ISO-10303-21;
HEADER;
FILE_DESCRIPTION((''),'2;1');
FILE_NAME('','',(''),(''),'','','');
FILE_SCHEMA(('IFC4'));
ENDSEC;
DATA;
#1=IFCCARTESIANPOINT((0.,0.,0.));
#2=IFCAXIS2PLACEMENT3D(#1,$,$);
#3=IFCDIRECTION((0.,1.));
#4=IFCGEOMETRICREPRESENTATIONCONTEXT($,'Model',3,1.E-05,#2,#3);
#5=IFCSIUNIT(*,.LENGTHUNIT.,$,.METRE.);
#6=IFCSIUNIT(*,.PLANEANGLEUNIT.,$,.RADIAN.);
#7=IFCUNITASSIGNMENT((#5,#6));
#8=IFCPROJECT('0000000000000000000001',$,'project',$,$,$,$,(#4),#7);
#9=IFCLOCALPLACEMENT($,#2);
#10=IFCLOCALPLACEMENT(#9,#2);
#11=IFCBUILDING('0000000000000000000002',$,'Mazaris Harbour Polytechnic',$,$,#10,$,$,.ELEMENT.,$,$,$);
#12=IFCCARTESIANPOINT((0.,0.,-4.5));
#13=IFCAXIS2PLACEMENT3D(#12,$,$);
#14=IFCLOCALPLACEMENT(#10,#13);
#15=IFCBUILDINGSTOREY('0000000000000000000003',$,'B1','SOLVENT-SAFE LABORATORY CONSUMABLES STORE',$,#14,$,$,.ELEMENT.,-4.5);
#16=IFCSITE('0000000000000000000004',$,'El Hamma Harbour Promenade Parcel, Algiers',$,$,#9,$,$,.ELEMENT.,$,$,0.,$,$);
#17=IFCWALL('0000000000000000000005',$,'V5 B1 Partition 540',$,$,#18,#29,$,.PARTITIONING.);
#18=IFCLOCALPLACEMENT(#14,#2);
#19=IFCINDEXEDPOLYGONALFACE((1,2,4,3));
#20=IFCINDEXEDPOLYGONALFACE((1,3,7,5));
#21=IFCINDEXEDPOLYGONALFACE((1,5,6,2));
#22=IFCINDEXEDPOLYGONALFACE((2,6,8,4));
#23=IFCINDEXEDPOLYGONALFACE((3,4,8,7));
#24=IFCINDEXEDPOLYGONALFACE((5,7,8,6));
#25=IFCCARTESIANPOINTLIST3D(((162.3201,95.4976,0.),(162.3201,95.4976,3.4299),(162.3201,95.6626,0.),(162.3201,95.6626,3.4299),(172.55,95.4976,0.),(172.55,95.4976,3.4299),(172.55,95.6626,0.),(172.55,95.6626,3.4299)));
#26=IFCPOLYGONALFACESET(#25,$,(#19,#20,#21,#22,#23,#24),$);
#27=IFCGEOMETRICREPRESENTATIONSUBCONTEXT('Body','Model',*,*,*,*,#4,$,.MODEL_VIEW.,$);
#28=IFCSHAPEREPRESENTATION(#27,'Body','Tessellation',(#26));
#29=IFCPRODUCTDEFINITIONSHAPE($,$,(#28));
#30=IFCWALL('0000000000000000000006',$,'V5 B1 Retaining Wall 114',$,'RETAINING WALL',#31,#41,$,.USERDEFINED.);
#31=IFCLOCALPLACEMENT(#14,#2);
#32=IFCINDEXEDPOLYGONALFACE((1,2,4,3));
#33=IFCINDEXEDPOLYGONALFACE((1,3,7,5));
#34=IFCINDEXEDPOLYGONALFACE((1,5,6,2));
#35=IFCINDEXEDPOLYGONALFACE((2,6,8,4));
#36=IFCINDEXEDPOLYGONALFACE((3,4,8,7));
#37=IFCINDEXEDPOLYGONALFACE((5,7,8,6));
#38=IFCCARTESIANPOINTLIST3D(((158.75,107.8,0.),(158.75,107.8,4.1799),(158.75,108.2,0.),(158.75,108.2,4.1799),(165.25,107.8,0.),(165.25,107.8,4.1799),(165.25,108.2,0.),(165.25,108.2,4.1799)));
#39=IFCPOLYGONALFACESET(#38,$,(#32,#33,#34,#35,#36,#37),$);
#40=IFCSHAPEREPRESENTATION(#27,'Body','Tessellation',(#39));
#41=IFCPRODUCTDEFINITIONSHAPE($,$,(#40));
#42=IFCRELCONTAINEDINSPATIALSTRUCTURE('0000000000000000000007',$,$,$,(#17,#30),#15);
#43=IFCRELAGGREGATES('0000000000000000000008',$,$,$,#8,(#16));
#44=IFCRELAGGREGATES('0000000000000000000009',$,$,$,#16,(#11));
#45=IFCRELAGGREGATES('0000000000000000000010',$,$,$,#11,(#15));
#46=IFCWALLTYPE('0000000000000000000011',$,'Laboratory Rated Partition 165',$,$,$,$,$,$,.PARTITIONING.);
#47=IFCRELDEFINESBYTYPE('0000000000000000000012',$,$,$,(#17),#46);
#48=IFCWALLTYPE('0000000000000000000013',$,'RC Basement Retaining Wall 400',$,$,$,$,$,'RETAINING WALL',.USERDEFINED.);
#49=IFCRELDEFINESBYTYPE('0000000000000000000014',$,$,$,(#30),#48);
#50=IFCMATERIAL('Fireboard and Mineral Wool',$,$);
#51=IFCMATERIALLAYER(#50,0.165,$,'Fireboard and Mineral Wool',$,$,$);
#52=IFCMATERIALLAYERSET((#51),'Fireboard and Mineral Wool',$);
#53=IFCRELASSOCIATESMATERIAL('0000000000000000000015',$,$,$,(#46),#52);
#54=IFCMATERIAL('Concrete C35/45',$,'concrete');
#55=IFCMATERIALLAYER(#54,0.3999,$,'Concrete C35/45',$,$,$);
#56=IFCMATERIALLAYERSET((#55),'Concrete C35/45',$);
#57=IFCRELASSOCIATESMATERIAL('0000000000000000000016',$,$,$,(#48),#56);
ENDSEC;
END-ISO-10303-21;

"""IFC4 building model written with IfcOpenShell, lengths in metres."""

from ifc_helpers import new_model, si_unit, direction, frame, frame_2d, origin, place, context, subcontext, project, spatial, rectangle, extrude, material, layer, layer_set, type_object, element, save


model = new_model("IFC4")

# Units and contexts
model_context = context("Model", 3, precision=1e-05, world=origin(), true_north=direction((0.0, 1.0)))
body_context = subcontext(model_context, "Body", "Model", "MODEL_VIEW")
ifc_project = project(units=[si_unit("LENGTHUNIT", "METRE"), si_unit("PLANEANGLEUNIT", "RADIAN")], contexts=[model_context])

# Site, building, storey
site_placement = place(None, origin())
site = spatial("IfcSite", under=ifc_project, at=site_placement, Name="El Hamma Harbour Promenade Parcel, Algiers", CompositionType="ELEMENT", RefElevation=0.0)
building_placement = place(site_placement, origin())
building = spatial("IfcBuilding", under=site, at=building_placement, Name="Mazaris Harbour Polytechnic", CompositionType="ELEMENT")
storey_placement = place(building_placement, frame((0.0, 0.0, -4.5)))
storey = spatial("IfcBuildingStorey", under=building, at=storey_placement, Name="B1", Description="SOLVENT-SAFE LABORATORY CONSUMABLES STORE", CompositionType="ELEMENT", Elevation=-4.5)

# Walls
ifc_material_1 = material(Name="Fireboard and Mineral Wool")
ifc_layer_1 = layer(ifc_material_1, 0.165, Name="Fireboard and Mineral Wool")
ifc_layer_set_1 = layer_set([ifc_layer_1], Name="Fireboard and Mineral Wool")
wall_type_1 = type_object("IfcWallType", Name="Laboratory Rated Partition 165", PredefinedType="PARTITIONING", material=ifc_layer_set_1)
wall_1_placement = place(storey_placement, frame((162.3201, 95.5801, 0.0), z_axis=(0.0, 0.0, 1.0), x_axis=(1.0, 0.0, 0.0)))
element("IfcWall", 1, at=wall_1_placement, inside=storey, type_object=wall_type_1, Name="V5 B1 Partition 540", PredefinedType="PARTITIONING", context=body_context, shape_type="SweptSolid", body=[
    extrude(rectangle(XDim=10.23, YDim=0.165, at=frame_2d((5.115, 0.0))), origin(), (0.0, 0.0, 1.0), 3.4299),
])
ifc_material_2 = material(Name="Concrete C35/45", Category="concrete")
ifc_layer_2 = layer(ifc_material_2, 0.3999, Name="Concrete C35/45")
ifc_layer_set_2 = layer_set([ifc_layer_2], Name="Concrete C35/45")
wall_type_2 = type_object("IfcWallType", Name="RC Basement Retaining Wall 400", ElementType="RETAINING WALL", PredefinedType="USERDEFINED", material=ifc_layer_set_2)
wall_2_placement = place(storey_placement, frame((158.75, 108.0, 0.0), z_axis=(0.0, 0.0, 1.0), x_axis=(1.0, 0.0, 0.0)))
element("IfcWall", 2, at=wall_2_placement, inside=storey, type_object=wall_type_2, Name="V5 B1 Retaining Wall 114", ObjectType="RETAINING WALL", PredefinedType="USERDEFINED", context=body_context, shape_type="SweptSolid", body=[
    extrude(rectangle(XDim=6.5, YDim=0.3999, at=frame_2d((3.25, 0.0))), origin(), (0.0, 0.0, 1.0), 4.1799),
])

save(model, "model.ifc")
